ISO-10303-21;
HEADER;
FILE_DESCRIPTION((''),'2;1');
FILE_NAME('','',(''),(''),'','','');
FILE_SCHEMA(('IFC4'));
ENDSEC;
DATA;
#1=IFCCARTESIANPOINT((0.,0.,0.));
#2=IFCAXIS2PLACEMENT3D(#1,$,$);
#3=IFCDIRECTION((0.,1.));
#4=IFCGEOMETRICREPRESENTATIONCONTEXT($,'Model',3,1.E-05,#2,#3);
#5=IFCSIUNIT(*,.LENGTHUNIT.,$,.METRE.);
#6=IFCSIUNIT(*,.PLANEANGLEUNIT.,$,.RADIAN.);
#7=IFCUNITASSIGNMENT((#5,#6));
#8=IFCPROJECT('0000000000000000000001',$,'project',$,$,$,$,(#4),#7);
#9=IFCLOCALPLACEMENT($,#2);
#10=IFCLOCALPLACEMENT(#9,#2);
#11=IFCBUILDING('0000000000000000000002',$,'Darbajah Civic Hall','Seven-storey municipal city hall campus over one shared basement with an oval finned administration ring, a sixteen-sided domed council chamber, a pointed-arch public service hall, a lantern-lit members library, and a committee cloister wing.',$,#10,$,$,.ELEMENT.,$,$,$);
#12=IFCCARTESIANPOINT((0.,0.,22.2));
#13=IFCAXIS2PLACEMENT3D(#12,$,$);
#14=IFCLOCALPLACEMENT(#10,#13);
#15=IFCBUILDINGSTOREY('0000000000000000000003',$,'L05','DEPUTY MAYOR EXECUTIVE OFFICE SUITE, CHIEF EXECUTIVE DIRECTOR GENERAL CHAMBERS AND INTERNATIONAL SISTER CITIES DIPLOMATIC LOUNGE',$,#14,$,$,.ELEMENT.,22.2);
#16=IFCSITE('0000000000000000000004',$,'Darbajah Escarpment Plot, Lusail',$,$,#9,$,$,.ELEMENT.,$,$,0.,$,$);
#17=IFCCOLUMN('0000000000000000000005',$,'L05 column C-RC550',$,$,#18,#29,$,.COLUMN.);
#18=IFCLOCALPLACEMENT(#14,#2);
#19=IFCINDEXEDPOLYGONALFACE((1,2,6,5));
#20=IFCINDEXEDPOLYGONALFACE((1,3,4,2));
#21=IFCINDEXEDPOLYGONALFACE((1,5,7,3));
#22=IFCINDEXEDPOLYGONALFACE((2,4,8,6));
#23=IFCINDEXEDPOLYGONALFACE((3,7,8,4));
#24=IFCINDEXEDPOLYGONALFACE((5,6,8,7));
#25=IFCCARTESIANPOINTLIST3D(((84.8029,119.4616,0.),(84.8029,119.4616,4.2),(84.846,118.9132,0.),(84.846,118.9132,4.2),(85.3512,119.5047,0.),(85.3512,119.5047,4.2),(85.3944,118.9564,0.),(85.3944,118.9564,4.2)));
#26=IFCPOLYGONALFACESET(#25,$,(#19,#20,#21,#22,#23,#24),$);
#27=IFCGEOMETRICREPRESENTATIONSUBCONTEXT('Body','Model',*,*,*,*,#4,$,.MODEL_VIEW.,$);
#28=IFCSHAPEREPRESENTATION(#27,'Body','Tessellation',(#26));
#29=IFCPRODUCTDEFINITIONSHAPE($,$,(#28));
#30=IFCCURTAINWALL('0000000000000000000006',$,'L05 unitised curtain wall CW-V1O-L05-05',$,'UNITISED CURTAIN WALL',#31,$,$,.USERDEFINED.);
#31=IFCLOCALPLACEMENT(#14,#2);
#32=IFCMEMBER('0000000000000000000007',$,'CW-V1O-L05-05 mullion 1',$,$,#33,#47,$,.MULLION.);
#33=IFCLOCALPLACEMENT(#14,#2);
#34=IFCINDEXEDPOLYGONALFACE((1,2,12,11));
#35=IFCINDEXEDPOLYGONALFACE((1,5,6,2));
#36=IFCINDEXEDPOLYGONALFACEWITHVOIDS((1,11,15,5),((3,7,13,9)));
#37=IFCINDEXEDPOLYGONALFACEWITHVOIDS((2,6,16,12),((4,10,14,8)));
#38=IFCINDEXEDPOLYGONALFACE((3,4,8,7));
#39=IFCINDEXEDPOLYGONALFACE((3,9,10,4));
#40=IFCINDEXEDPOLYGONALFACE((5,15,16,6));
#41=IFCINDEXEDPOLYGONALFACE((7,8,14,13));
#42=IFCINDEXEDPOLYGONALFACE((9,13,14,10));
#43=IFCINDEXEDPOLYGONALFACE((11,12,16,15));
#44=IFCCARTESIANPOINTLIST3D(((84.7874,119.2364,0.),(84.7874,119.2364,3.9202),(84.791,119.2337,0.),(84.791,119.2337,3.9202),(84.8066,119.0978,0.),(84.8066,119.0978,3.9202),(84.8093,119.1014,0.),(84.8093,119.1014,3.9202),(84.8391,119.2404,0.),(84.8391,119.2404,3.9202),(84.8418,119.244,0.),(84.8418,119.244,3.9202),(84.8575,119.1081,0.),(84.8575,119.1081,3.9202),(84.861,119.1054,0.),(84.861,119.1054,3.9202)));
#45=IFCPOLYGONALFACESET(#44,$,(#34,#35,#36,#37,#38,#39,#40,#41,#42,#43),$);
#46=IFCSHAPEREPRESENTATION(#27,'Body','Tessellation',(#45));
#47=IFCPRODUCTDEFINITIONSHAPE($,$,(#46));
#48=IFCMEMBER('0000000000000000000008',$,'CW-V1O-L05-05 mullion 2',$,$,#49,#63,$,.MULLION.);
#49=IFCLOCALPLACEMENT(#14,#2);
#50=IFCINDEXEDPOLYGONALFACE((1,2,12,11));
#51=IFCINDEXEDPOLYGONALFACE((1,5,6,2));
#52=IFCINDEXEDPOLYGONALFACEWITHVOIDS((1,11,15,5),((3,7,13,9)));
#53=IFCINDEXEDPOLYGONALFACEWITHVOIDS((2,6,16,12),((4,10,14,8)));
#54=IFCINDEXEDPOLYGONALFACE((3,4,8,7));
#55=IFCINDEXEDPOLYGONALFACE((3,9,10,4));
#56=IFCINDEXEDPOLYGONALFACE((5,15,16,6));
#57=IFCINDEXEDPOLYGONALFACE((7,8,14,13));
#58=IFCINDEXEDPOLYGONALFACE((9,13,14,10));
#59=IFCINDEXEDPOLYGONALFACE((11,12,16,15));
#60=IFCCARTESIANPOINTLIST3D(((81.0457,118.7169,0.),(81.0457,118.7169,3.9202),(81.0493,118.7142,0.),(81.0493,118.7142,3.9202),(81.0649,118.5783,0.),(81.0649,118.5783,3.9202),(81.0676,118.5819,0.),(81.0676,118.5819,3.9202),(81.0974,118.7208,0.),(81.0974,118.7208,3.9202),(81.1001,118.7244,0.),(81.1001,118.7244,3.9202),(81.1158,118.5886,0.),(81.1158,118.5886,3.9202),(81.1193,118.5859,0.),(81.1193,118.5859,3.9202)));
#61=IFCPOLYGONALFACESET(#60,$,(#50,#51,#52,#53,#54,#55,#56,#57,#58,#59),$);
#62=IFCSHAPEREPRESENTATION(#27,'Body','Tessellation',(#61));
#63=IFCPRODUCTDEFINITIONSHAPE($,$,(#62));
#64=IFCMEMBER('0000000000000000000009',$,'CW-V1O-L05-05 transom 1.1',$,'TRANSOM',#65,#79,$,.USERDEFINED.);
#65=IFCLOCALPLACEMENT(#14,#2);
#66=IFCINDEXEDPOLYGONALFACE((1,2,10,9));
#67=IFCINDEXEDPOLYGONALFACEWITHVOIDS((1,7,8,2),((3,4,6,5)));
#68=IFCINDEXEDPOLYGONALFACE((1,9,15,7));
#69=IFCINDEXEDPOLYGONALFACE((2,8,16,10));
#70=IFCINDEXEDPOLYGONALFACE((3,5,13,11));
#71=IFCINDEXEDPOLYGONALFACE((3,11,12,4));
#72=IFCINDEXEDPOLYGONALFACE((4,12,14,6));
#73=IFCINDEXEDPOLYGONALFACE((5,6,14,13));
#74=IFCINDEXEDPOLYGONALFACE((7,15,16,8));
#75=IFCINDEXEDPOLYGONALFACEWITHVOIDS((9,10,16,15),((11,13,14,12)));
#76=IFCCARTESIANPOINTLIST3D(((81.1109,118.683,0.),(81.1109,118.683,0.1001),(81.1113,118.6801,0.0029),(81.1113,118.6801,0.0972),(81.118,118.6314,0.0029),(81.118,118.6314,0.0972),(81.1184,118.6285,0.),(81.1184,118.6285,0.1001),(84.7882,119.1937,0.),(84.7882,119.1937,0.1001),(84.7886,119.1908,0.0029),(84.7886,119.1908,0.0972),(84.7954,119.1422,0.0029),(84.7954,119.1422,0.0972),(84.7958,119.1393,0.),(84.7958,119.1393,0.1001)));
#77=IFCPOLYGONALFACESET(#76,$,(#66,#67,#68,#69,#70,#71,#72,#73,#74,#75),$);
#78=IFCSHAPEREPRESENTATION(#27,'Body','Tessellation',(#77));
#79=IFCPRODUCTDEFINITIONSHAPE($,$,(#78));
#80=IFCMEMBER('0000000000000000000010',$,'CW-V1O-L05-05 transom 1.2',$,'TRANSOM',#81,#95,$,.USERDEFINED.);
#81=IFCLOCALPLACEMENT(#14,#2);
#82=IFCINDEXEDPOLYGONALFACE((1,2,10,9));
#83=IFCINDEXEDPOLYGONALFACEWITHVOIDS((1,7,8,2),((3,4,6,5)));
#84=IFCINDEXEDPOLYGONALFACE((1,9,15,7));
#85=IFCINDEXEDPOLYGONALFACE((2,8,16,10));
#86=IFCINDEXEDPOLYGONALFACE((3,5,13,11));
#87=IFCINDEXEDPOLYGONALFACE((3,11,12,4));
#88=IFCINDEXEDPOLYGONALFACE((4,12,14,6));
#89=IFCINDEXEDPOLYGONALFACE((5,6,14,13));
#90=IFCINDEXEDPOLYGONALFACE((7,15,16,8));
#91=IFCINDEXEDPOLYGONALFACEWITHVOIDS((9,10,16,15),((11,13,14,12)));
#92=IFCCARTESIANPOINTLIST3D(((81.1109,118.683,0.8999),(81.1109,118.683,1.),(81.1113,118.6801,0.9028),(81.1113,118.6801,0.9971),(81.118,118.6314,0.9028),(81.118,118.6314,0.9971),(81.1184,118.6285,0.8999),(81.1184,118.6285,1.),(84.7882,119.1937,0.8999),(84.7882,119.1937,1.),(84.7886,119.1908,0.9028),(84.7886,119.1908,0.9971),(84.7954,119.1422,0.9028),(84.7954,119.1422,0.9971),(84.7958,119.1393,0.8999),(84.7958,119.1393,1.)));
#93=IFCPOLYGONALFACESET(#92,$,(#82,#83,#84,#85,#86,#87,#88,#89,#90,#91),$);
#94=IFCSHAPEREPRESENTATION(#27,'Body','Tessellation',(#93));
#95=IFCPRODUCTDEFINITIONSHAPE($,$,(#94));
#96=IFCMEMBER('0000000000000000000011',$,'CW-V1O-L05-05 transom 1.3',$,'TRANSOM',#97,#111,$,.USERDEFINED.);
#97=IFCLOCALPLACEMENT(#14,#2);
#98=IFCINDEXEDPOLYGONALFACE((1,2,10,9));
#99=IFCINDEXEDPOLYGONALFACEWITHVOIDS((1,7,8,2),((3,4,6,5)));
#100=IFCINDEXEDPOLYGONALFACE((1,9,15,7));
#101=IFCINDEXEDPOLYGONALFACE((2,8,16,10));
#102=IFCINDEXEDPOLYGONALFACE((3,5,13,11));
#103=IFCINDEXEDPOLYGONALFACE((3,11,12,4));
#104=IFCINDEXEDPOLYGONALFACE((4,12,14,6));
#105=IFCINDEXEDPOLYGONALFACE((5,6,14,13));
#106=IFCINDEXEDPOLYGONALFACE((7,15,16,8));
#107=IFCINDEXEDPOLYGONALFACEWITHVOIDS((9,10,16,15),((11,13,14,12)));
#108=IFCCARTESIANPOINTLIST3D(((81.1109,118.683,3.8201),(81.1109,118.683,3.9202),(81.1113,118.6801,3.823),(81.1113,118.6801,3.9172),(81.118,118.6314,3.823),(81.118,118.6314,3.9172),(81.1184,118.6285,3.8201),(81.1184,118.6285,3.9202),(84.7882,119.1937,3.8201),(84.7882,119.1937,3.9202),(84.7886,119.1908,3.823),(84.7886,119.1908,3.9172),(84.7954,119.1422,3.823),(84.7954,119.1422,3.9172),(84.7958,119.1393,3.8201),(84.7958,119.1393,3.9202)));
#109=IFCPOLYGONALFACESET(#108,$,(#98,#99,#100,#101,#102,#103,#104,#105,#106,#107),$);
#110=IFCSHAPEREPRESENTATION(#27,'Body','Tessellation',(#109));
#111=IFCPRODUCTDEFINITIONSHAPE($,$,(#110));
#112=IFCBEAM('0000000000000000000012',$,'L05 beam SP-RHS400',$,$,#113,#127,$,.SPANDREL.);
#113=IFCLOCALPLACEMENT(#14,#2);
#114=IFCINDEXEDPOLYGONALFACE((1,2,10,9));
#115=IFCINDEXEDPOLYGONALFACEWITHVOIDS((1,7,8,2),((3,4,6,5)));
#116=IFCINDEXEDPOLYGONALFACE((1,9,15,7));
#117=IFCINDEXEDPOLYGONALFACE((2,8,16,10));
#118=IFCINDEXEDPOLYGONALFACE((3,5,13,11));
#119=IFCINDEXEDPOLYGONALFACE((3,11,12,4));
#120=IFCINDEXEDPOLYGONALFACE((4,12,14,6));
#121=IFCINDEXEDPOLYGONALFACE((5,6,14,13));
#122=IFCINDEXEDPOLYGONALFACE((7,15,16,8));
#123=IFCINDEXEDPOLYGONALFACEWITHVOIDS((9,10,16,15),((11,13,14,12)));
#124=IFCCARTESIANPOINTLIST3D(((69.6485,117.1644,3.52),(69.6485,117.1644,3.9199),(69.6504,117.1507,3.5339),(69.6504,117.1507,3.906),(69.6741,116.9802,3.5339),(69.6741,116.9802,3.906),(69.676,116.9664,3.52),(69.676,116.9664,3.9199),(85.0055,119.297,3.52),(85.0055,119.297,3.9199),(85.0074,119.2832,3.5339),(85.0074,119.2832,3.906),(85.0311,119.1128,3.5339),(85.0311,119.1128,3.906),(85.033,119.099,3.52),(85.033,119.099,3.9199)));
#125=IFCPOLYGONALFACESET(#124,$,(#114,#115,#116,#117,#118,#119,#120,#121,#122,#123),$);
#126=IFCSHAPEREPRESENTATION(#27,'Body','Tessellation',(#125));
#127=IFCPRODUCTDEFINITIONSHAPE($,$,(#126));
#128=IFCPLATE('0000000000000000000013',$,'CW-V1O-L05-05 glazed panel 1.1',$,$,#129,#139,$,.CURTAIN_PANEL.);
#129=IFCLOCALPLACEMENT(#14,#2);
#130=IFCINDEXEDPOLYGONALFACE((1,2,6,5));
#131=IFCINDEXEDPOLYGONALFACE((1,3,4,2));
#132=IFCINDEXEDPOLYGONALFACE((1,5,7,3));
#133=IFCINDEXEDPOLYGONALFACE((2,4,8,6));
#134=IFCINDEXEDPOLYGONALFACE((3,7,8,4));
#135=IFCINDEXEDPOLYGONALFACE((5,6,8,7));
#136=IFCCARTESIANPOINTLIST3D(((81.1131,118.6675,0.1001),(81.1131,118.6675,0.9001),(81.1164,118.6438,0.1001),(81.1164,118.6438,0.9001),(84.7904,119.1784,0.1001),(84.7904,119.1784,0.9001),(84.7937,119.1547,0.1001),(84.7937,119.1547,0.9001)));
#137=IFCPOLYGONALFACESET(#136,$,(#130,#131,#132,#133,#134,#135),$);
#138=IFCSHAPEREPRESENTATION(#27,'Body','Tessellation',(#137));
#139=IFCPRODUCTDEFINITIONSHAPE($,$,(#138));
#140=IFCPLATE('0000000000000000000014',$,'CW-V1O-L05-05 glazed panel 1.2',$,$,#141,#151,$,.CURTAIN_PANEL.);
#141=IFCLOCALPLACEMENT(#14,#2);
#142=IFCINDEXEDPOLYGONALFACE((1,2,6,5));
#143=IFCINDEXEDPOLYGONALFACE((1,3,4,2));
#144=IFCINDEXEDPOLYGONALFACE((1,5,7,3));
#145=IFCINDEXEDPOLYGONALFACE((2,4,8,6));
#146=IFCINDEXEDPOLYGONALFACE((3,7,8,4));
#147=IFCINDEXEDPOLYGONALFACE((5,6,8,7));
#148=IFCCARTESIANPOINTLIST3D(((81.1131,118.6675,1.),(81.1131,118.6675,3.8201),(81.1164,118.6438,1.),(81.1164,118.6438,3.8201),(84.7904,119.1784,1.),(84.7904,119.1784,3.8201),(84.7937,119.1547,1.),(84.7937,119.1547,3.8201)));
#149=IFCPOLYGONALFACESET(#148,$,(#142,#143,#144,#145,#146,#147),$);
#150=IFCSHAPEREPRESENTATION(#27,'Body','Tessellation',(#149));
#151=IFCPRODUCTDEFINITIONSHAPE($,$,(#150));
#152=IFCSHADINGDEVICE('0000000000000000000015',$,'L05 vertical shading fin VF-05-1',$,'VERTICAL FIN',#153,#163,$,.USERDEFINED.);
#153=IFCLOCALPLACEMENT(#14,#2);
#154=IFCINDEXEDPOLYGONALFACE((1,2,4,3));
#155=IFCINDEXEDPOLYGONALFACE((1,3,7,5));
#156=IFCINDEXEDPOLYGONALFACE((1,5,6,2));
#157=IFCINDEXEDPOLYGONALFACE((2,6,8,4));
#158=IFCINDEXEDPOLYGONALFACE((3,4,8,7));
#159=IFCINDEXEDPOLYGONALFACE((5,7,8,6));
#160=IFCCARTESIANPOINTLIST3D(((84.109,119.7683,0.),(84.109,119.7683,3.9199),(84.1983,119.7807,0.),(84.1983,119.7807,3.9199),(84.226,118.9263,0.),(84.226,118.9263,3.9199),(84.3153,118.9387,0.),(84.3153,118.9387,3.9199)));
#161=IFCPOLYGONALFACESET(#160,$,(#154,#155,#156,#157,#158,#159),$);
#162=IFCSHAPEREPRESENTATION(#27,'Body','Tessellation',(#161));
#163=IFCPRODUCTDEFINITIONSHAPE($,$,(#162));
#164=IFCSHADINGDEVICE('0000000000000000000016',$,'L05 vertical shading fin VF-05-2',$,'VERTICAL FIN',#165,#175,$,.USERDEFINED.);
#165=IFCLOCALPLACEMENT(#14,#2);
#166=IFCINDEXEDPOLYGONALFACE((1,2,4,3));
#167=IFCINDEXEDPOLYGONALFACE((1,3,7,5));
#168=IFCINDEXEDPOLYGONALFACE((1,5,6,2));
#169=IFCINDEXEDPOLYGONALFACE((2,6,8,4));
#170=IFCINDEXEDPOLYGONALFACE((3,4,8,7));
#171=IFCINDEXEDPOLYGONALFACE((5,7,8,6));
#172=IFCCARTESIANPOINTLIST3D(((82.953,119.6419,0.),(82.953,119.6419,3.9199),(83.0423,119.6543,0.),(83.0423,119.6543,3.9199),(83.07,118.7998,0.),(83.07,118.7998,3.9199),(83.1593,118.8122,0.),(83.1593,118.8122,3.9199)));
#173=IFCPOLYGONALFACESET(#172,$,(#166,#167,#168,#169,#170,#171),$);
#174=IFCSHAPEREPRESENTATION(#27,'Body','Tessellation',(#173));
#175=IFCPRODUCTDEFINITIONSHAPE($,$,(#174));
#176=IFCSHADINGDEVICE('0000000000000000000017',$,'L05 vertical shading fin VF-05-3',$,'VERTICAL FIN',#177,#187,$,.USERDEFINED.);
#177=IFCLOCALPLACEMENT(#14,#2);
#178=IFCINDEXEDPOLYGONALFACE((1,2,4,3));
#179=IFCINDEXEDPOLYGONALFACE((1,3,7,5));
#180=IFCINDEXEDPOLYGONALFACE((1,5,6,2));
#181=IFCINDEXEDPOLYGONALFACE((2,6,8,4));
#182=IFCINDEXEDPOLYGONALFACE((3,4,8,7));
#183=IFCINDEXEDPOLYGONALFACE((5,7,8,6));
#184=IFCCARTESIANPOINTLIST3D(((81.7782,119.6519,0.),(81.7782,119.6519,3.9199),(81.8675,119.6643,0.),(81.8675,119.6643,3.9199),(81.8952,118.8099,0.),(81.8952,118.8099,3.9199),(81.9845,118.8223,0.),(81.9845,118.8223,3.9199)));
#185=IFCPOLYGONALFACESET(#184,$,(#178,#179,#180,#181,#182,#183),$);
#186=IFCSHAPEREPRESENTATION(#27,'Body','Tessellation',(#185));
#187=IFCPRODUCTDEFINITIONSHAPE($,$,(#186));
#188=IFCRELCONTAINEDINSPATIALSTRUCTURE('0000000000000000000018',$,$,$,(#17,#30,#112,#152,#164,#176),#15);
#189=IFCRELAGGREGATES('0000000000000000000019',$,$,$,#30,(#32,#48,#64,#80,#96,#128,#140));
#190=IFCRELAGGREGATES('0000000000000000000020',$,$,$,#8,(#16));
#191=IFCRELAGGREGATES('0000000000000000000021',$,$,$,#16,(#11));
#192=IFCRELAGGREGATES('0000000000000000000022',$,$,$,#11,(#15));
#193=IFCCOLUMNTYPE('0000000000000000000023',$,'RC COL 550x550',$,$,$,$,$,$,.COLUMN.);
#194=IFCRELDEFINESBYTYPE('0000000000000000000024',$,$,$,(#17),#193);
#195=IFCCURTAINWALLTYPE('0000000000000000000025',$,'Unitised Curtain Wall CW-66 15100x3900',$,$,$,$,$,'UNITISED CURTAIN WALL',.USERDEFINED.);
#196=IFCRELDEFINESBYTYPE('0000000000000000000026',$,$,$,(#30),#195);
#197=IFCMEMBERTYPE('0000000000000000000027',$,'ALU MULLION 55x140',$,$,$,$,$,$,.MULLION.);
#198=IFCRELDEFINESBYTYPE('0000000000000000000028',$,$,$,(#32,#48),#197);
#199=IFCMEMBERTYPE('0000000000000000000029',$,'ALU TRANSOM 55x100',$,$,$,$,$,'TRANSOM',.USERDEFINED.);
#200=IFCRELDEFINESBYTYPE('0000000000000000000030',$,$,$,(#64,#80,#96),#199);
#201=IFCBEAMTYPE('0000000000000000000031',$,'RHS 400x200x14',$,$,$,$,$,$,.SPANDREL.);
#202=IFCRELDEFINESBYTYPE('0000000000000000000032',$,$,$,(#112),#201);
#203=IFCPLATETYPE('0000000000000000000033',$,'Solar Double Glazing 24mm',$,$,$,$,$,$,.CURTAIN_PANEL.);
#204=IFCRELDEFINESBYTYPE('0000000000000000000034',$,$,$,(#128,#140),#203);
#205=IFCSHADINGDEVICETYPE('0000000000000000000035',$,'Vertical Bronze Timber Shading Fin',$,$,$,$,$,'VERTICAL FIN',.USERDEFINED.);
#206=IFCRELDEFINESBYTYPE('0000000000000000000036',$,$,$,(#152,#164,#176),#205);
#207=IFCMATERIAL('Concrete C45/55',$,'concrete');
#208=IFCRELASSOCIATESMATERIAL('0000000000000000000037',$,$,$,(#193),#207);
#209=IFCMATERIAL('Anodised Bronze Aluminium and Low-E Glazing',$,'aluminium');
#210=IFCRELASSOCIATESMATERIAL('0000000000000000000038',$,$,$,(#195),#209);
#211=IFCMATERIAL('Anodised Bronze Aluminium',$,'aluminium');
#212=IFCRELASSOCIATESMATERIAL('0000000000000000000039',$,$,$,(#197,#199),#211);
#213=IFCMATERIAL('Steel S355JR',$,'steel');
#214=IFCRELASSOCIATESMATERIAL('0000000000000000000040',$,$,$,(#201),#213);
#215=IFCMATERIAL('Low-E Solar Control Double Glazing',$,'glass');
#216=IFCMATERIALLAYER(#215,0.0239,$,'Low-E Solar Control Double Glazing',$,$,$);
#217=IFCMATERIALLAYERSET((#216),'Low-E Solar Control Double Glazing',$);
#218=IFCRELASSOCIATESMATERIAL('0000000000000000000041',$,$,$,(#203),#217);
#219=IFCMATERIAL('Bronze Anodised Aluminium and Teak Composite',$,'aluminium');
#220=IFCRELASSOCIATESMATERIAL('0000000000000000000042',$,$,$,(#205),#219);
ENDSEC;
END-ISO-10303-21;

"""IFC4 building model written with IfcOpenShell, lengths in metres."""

from ifc_helpers import new_model, si_unit, direction, frame, origin, origin_2d, place, context, subcontext, project, spatial, rectangle, hollow_rectangle, extrude, material, layer, layer_set, material_profile, profile_set, type_object, element, aggregate, save


model = new_model("IFC4")

# Units and contexts
model_context = context("Model", 3, precision=1e-05, world=origin(), true_north=direction((0.0, 1.0)))
body_context = subcontext(model_context, "Body", "Model", "MODEL_VIEW")
ifc_project = project(units=[si_unit("LENGTHUNIT", "METRE"), si_unit("PLANEANGLEUNIT", "RADIAN")], contexts=[model_context])

# Site, building, storey
site_placement = place(None, origin())
site = spatial("IfcSite", under=ifc_project, at=site_placement, Name="Darbajah Escarpment Plot, Lusail", CompositionType="ELEMENT", RefElevation=0.0)
building_placement = place(site_placement, origin())
building = spatial("IfcBuilding", under=site, at=building_placement, Name="Darbajah Civic Hall", Description="Seven-storey municipal city hall campus over one shared basement with an oval finned administration ring, a sixteen-sided domed council chamber, a pointed-arch public service hall, a lantern-lit members library, and a committee cloister wing.", CompositionType="ELEMENT")
storey_placement = place(building_placement, frame((0.0, 0.0, 22.2)))
storey = spatial("IfcBuildingStorey", under=building, at=storey_placement, Name="L05", Description="DEPUTY MAYOR EXECUTIVE OFFICE SUITE, CHIEF EXECUTIVE DIRECTOR GENERAL CHAMBERS AND INTERNATIONAL SISTER CITIES DIPLOMATIC LOUNGE", CompositionType="ELEMENT", Elevation=22.2)

# Column
ifc_material_1 = material(Name="Concrete C45/55", Category="concrete")
ifc_material_profile_1 = material_profile(ifc_material_1, rectangle(XDim=0.55, YDim=0.55, at=origin_2d()), Name="RC COL 550x550")
ifc_profile_set_1 = profile_set([ifc_material_profile_1], Name="Concrete C45/55")
column_type = type_object("IfcColumnType", Name="RC COL 550x550", PredefinedType="COLUMN", material=ifc_profile_set_1)
column_placement = place(storey_placement, frame((85.0986, 119.209, 0.0), z_axis=(0.0, 0.0, 1.0), x_axis=(-0.078459, 0.996917, 0.0)))
element("IfcColumn", 1, at=column_placement, inside=storey, type_object=column_type, Name="L05 column C-RC550", PredefinedType="COLUMN", context=body_context, shape_type="SweptSolid", body=[
    extrude(rectangle(XDim=0.55, YDim=0.55, at=origin_2d()), origin(), (0.0, 0.0, 1.0), 4.2),
])

# Curtain wall, members
ifc_material_2 = material(Name="Anodised Bronze Aluminium and Low-E Glazing", Category="aluminium")
curtain_wall_type = type_object("IfcCurtainWallType", Name="Unitised Curtain Wall CW-66 15100x3900", ElementType="UNITISED CURTAIN WALL", PredefinedType="USERDEFINED", material=ifc_material_2)
curtain_wall_placement = place(storey_placement, origin())
curtain_wall = element("IfcCurtainWall", 2, at=curtain_wall_placement, inside=storey, type_object=curtain_wall_type, Name="L05 unitised curtain wall CW-V1O-L05-05", ObjectType="UNITISED CURTAIN WALL", PredefinedType="USERDEFINED")
ifc_material_3 = material(Name="Anodised Bronze Aluminium", Category="aluminium")
ifc_material_profile_2 = material_profile(ifc_material_3, hollow_rectangle(XDim=0.0549, YDim=0.1399, WallThickness=0.0032, at=origin_2d()), Name="ALU MULLION 55x140")
ifc_profile_set_2 = profile_set([ifc_material_profile_2], Name="Anodised Bronze Aluminium")
member_type_1 = type_object("IfcMemberType", Name="ALU MULLION 55x140", PredefinedType="MULLION", material=ifc_profile_set_2)
member_1_placement = place(storey_placement, frame((84.8242, 119.1709, 0.0), z_axis=(0.0, 0.0, 1.0), x_axis=(-0.990485, -0.137617, 0.0)))
member_1 = element("IfcMember", 3, at=member_1_placement, type_object=member_type_1, Name="CW-V1O-L05-05 mullion 1", PredefinedType="MULLION", context=body_context, shape_type="SweptSolid", body=[
    extrude(hollow_rectangle(XDim=0.0549, YDim=0.1399, WallThickness=0.0032, at=origin_2d()), origin(), (0.0, 0.0, 1.0), 3.9202),
])
member_2_placement = place(storey_placement, frame((81.0825, 118.6514, 0.0), z_axis=(0.0, 0.0, 1.0), x_axis=(-0.990485, -0.137617, 0.0)))
member_2 = element("IfcMember", 4, at=member_2_placement, type_object=member_type_1, Name="CW-V1O-L05-05 mullion 2", PredefinedType="MULLION", context=body_context, shape_type="SweptSolid", body=[
    extrude(hollow_rectangle(XDim=0.0549, YDim=0.1399, WallThickness=0.0032, at=origin_2d()), origin(), (0.0, 0.0, 1.0), 3.9202),
])
ifc_material_profile_3 = material_profile(ifc_material_3, hollow_rectangle(XDim=0.0549, YDim=0.1001, WallThickness=0.0029, at=origin_2d()), Name="ALU TRANSOM 55x100")
ifc_profile_set_3 = profile_set([ifc_material_profile_3], Name="Anodised Bronze Aluminium")
member_type_2 = type_object("IfcMemberType", Name="ALU TRANSOM 55x100", ElementType="TRANSOM", PredefinedType="USERDEFINED", material=ifc_profile_set_3)
member_3_placement = place(storey_placement, frame((84.792, 119.1665, 0.05), z_axis=(-0.990492, -0.137572, 0.0), x_axis=(0.137572, -0.990492, 0.0)))
member_3 = element("IfcMember", 5, at=member_3_placement, type_object=member_type_2, Name="CW-V1O-L05-05 transom 1.1", ObjectType="TRANSOM", PredefinedType="USERDEFINED", context=body_context, shape_type="SweptSolid", body=[
    extrude(hollow_rectangle(XDim=0.0549, YDim=0.1001, WallThickness=0.0029, at=origin_2d()), origin(), (0.0, 0.0, 1.0), 3.7126),
])
member_4_placement = place(storey_placement, frame((84.792, 119.1665, 0.95), z_axis=(-0.990492, -0.137572, 0.0), x_axis=(0.137572, -0.990492, 0.0)))
member_4 = element("IfcMember", 6, at=member_4_placement, type_object=member_type_2, Name="CW-V1O-L05-05 transom 1.2", ObjectType="TRANSOM", PredefinedType="USERDEFINED", context=body_context, shape_type="SweptSolid", body=[
    extrude(hollow_rectangle(XDim=0.0549, YDim=0.1001, WallThickness=0.0029, at=origin_2d()), origin(), (0.0, 0.0, 1.0), 3.7126),
])
member_5_placement = place(storey_placement, frame((84.792, 119.1665, 3.8701), z_axis=(-0.990492, -0.137572, 0.0), x_axis=(0.137572, -0.990492, 0.0)))
member_5 = element("IfcMember", 7, at=member_5_placement, type_object=member_type_2, Name="CW-V1O-L05-05 transom 1.3", ObjectType="TRANSOM", PredefinedType="USERDEFINED", context=body_context, shape_type="SweptSolid", body=[
    extrude(hollow_rectangle(XDim=0.0549, YDim=0.1001, WallThickness=0.0029, at=origin_2d()), origin(), (0.0, 0.0, 1.0), 3.7126),
])

# Beam
ifc_material_4 = material(Name="Steel S355JR", Category="steel")
ifc_material_profile_4 = material_profile(ifc_material_4, hollow_rectangle(XDim=0.2, YDim=0.3999, WallThickness=0.0139, at=origin_2d()), Name="RHS 400x200x14")
ifc_profile_set_4 = profile_set([ifc_material_profile_4], Name="Steel S355JR")
beam_type = type_object("IfcBeamType", Name="RHS 400x200x14", PredefinedType="SPANDREL", material=ifc_profile_set_4)
beam_placement = place(storey_placement, frame((85.0193, 119.198, 3.72), z_axis=(-0.990495, -0.137547, 0.0), x_axis=(0.137547, -0.990495, 0.0)))
element("IfcBeam", 8, at=beam_placement, inside=storey, type_object=beam_type, Name="L05 beam SP-RHS400", PredefinedType="SPANDREL", context=body_context, shape_type="SweptSolid", body=[
    extrude(hollow_rectangle(XDim=0.2, YDim=0.3999, WallThickness=0.0139, at=origin_2d()), origin(), (0.0, 0.0, 1.0), 15.5044),
])

# Plates
ifc_material_5 = material(Name="Low-E Solar Control Double Glazing", Category="glass")
ifc_layer = layer(ifc_material_5, 0.0239, Name="Low-E Solar Control Double Glazing")
ifc_layer_set = layer_set([ifc_layer], Name="Low-E Solar Control Double Glazing")
plate_type = type_object("IfcPlateType", Name="Solar Double Glazing 24mm", PredefinedType="CURTAIN_PANEL", material=ifc_layer_set)
plate_1_placement = place(storey_placement, frame((82.9534, 118.9111, 0.1001), z_axis=(0.0, 0.0, 1.0), x_axis=(-0.990485, -0.137617, 0.0)))
plate_1 = element("IfcPlate", 9, at=plate_1_placement, type_object=plate_type, Name="CW-V1O-L05-05 glazed panel 1.1", PredefinedType="CURTAIN_PANEL", context=body_context, shape_type="SweptSolid", body=[
    extrude(rectangle(XDim=3.7126, YDim=0.0239, at=origin_2d()), origin(), (0.0, 0.0, 1.0), 0.8),
])
plate_2_placement = place(storey_placement, frame((82.9534, 118.9111, 1.0), z_axis=(0.0, 0.0, 1.0), x_axis=(-0.990485, -0.137617, 0.0)))
plate_2 = element("IfcPlate", 10, at=plate_2_placement, type_object=plate_type, Name="CW-V1O-L05-05 glazed panel 1.2", PredefinedType="CURTAIN_PANEL", context=body_context, shape_type="SweptSolid", body=[
    extrude(rectangle(XDim=3.7126, YDim=0.0239, at=origin_2d()), origin(), (0.0, 0.0, 1.0), 2.8201),
])
aggregate(curtain_wall, [member_1, member_2, member_3, member_4, member_5, plate_1, plate_2])

# Shading devices
ifc_material_6 = material(Name="Bronze Anodised Aluminium and Teak Composite", Category="aluminium")
shading_device_type = type_object("IfcShadingDeviceType", Name="Vertical Bronze Timber Shading Fin", ElementType="VERTICAL FIN", PredefinedType="USERDEFINED", material=ifc_material_6)
for number, where, z_axis, x_axis, name in (
    (11, (84.2122, 119.3535, 0.0), (0.0, 0.0, 1.0), (-0.137617, 0.990485, 0.0), "L05 vertical shading fin VF-05-1"),
    (12, (83.0562, 119.2271, 0.0), (0.0, 0.0, 1.0), (-0.137617, 0.990485, 0.0), "L05 vertical shading fin VF-05-2"),
    (13, (81.8813, 119.2371, 0.0), (0.0, 0.0, 1.0), (-0.137617, 0.990485, 0.0), "L05 vertical shading fin VF-05-3"),
):
    element("IfcShadingDevice", number, at=place(storey_placement, frame(where, z_axis=z_axis, x_axis=x_axis)), inside=storey, type_object=shading_device_type, Name=name, ObjectType="VERTICAL FIN", PredefinedType="USERDEFINED", context=body_context, shape_type="SweptSolid", body=[
        extrude(rectangle(XDim=0.8501, YDim=0.0901, at=origin_2d()), origin(), (0.0, 0.0, 1.0), 3.9199),
    ])

save(model, "model.ifc")
